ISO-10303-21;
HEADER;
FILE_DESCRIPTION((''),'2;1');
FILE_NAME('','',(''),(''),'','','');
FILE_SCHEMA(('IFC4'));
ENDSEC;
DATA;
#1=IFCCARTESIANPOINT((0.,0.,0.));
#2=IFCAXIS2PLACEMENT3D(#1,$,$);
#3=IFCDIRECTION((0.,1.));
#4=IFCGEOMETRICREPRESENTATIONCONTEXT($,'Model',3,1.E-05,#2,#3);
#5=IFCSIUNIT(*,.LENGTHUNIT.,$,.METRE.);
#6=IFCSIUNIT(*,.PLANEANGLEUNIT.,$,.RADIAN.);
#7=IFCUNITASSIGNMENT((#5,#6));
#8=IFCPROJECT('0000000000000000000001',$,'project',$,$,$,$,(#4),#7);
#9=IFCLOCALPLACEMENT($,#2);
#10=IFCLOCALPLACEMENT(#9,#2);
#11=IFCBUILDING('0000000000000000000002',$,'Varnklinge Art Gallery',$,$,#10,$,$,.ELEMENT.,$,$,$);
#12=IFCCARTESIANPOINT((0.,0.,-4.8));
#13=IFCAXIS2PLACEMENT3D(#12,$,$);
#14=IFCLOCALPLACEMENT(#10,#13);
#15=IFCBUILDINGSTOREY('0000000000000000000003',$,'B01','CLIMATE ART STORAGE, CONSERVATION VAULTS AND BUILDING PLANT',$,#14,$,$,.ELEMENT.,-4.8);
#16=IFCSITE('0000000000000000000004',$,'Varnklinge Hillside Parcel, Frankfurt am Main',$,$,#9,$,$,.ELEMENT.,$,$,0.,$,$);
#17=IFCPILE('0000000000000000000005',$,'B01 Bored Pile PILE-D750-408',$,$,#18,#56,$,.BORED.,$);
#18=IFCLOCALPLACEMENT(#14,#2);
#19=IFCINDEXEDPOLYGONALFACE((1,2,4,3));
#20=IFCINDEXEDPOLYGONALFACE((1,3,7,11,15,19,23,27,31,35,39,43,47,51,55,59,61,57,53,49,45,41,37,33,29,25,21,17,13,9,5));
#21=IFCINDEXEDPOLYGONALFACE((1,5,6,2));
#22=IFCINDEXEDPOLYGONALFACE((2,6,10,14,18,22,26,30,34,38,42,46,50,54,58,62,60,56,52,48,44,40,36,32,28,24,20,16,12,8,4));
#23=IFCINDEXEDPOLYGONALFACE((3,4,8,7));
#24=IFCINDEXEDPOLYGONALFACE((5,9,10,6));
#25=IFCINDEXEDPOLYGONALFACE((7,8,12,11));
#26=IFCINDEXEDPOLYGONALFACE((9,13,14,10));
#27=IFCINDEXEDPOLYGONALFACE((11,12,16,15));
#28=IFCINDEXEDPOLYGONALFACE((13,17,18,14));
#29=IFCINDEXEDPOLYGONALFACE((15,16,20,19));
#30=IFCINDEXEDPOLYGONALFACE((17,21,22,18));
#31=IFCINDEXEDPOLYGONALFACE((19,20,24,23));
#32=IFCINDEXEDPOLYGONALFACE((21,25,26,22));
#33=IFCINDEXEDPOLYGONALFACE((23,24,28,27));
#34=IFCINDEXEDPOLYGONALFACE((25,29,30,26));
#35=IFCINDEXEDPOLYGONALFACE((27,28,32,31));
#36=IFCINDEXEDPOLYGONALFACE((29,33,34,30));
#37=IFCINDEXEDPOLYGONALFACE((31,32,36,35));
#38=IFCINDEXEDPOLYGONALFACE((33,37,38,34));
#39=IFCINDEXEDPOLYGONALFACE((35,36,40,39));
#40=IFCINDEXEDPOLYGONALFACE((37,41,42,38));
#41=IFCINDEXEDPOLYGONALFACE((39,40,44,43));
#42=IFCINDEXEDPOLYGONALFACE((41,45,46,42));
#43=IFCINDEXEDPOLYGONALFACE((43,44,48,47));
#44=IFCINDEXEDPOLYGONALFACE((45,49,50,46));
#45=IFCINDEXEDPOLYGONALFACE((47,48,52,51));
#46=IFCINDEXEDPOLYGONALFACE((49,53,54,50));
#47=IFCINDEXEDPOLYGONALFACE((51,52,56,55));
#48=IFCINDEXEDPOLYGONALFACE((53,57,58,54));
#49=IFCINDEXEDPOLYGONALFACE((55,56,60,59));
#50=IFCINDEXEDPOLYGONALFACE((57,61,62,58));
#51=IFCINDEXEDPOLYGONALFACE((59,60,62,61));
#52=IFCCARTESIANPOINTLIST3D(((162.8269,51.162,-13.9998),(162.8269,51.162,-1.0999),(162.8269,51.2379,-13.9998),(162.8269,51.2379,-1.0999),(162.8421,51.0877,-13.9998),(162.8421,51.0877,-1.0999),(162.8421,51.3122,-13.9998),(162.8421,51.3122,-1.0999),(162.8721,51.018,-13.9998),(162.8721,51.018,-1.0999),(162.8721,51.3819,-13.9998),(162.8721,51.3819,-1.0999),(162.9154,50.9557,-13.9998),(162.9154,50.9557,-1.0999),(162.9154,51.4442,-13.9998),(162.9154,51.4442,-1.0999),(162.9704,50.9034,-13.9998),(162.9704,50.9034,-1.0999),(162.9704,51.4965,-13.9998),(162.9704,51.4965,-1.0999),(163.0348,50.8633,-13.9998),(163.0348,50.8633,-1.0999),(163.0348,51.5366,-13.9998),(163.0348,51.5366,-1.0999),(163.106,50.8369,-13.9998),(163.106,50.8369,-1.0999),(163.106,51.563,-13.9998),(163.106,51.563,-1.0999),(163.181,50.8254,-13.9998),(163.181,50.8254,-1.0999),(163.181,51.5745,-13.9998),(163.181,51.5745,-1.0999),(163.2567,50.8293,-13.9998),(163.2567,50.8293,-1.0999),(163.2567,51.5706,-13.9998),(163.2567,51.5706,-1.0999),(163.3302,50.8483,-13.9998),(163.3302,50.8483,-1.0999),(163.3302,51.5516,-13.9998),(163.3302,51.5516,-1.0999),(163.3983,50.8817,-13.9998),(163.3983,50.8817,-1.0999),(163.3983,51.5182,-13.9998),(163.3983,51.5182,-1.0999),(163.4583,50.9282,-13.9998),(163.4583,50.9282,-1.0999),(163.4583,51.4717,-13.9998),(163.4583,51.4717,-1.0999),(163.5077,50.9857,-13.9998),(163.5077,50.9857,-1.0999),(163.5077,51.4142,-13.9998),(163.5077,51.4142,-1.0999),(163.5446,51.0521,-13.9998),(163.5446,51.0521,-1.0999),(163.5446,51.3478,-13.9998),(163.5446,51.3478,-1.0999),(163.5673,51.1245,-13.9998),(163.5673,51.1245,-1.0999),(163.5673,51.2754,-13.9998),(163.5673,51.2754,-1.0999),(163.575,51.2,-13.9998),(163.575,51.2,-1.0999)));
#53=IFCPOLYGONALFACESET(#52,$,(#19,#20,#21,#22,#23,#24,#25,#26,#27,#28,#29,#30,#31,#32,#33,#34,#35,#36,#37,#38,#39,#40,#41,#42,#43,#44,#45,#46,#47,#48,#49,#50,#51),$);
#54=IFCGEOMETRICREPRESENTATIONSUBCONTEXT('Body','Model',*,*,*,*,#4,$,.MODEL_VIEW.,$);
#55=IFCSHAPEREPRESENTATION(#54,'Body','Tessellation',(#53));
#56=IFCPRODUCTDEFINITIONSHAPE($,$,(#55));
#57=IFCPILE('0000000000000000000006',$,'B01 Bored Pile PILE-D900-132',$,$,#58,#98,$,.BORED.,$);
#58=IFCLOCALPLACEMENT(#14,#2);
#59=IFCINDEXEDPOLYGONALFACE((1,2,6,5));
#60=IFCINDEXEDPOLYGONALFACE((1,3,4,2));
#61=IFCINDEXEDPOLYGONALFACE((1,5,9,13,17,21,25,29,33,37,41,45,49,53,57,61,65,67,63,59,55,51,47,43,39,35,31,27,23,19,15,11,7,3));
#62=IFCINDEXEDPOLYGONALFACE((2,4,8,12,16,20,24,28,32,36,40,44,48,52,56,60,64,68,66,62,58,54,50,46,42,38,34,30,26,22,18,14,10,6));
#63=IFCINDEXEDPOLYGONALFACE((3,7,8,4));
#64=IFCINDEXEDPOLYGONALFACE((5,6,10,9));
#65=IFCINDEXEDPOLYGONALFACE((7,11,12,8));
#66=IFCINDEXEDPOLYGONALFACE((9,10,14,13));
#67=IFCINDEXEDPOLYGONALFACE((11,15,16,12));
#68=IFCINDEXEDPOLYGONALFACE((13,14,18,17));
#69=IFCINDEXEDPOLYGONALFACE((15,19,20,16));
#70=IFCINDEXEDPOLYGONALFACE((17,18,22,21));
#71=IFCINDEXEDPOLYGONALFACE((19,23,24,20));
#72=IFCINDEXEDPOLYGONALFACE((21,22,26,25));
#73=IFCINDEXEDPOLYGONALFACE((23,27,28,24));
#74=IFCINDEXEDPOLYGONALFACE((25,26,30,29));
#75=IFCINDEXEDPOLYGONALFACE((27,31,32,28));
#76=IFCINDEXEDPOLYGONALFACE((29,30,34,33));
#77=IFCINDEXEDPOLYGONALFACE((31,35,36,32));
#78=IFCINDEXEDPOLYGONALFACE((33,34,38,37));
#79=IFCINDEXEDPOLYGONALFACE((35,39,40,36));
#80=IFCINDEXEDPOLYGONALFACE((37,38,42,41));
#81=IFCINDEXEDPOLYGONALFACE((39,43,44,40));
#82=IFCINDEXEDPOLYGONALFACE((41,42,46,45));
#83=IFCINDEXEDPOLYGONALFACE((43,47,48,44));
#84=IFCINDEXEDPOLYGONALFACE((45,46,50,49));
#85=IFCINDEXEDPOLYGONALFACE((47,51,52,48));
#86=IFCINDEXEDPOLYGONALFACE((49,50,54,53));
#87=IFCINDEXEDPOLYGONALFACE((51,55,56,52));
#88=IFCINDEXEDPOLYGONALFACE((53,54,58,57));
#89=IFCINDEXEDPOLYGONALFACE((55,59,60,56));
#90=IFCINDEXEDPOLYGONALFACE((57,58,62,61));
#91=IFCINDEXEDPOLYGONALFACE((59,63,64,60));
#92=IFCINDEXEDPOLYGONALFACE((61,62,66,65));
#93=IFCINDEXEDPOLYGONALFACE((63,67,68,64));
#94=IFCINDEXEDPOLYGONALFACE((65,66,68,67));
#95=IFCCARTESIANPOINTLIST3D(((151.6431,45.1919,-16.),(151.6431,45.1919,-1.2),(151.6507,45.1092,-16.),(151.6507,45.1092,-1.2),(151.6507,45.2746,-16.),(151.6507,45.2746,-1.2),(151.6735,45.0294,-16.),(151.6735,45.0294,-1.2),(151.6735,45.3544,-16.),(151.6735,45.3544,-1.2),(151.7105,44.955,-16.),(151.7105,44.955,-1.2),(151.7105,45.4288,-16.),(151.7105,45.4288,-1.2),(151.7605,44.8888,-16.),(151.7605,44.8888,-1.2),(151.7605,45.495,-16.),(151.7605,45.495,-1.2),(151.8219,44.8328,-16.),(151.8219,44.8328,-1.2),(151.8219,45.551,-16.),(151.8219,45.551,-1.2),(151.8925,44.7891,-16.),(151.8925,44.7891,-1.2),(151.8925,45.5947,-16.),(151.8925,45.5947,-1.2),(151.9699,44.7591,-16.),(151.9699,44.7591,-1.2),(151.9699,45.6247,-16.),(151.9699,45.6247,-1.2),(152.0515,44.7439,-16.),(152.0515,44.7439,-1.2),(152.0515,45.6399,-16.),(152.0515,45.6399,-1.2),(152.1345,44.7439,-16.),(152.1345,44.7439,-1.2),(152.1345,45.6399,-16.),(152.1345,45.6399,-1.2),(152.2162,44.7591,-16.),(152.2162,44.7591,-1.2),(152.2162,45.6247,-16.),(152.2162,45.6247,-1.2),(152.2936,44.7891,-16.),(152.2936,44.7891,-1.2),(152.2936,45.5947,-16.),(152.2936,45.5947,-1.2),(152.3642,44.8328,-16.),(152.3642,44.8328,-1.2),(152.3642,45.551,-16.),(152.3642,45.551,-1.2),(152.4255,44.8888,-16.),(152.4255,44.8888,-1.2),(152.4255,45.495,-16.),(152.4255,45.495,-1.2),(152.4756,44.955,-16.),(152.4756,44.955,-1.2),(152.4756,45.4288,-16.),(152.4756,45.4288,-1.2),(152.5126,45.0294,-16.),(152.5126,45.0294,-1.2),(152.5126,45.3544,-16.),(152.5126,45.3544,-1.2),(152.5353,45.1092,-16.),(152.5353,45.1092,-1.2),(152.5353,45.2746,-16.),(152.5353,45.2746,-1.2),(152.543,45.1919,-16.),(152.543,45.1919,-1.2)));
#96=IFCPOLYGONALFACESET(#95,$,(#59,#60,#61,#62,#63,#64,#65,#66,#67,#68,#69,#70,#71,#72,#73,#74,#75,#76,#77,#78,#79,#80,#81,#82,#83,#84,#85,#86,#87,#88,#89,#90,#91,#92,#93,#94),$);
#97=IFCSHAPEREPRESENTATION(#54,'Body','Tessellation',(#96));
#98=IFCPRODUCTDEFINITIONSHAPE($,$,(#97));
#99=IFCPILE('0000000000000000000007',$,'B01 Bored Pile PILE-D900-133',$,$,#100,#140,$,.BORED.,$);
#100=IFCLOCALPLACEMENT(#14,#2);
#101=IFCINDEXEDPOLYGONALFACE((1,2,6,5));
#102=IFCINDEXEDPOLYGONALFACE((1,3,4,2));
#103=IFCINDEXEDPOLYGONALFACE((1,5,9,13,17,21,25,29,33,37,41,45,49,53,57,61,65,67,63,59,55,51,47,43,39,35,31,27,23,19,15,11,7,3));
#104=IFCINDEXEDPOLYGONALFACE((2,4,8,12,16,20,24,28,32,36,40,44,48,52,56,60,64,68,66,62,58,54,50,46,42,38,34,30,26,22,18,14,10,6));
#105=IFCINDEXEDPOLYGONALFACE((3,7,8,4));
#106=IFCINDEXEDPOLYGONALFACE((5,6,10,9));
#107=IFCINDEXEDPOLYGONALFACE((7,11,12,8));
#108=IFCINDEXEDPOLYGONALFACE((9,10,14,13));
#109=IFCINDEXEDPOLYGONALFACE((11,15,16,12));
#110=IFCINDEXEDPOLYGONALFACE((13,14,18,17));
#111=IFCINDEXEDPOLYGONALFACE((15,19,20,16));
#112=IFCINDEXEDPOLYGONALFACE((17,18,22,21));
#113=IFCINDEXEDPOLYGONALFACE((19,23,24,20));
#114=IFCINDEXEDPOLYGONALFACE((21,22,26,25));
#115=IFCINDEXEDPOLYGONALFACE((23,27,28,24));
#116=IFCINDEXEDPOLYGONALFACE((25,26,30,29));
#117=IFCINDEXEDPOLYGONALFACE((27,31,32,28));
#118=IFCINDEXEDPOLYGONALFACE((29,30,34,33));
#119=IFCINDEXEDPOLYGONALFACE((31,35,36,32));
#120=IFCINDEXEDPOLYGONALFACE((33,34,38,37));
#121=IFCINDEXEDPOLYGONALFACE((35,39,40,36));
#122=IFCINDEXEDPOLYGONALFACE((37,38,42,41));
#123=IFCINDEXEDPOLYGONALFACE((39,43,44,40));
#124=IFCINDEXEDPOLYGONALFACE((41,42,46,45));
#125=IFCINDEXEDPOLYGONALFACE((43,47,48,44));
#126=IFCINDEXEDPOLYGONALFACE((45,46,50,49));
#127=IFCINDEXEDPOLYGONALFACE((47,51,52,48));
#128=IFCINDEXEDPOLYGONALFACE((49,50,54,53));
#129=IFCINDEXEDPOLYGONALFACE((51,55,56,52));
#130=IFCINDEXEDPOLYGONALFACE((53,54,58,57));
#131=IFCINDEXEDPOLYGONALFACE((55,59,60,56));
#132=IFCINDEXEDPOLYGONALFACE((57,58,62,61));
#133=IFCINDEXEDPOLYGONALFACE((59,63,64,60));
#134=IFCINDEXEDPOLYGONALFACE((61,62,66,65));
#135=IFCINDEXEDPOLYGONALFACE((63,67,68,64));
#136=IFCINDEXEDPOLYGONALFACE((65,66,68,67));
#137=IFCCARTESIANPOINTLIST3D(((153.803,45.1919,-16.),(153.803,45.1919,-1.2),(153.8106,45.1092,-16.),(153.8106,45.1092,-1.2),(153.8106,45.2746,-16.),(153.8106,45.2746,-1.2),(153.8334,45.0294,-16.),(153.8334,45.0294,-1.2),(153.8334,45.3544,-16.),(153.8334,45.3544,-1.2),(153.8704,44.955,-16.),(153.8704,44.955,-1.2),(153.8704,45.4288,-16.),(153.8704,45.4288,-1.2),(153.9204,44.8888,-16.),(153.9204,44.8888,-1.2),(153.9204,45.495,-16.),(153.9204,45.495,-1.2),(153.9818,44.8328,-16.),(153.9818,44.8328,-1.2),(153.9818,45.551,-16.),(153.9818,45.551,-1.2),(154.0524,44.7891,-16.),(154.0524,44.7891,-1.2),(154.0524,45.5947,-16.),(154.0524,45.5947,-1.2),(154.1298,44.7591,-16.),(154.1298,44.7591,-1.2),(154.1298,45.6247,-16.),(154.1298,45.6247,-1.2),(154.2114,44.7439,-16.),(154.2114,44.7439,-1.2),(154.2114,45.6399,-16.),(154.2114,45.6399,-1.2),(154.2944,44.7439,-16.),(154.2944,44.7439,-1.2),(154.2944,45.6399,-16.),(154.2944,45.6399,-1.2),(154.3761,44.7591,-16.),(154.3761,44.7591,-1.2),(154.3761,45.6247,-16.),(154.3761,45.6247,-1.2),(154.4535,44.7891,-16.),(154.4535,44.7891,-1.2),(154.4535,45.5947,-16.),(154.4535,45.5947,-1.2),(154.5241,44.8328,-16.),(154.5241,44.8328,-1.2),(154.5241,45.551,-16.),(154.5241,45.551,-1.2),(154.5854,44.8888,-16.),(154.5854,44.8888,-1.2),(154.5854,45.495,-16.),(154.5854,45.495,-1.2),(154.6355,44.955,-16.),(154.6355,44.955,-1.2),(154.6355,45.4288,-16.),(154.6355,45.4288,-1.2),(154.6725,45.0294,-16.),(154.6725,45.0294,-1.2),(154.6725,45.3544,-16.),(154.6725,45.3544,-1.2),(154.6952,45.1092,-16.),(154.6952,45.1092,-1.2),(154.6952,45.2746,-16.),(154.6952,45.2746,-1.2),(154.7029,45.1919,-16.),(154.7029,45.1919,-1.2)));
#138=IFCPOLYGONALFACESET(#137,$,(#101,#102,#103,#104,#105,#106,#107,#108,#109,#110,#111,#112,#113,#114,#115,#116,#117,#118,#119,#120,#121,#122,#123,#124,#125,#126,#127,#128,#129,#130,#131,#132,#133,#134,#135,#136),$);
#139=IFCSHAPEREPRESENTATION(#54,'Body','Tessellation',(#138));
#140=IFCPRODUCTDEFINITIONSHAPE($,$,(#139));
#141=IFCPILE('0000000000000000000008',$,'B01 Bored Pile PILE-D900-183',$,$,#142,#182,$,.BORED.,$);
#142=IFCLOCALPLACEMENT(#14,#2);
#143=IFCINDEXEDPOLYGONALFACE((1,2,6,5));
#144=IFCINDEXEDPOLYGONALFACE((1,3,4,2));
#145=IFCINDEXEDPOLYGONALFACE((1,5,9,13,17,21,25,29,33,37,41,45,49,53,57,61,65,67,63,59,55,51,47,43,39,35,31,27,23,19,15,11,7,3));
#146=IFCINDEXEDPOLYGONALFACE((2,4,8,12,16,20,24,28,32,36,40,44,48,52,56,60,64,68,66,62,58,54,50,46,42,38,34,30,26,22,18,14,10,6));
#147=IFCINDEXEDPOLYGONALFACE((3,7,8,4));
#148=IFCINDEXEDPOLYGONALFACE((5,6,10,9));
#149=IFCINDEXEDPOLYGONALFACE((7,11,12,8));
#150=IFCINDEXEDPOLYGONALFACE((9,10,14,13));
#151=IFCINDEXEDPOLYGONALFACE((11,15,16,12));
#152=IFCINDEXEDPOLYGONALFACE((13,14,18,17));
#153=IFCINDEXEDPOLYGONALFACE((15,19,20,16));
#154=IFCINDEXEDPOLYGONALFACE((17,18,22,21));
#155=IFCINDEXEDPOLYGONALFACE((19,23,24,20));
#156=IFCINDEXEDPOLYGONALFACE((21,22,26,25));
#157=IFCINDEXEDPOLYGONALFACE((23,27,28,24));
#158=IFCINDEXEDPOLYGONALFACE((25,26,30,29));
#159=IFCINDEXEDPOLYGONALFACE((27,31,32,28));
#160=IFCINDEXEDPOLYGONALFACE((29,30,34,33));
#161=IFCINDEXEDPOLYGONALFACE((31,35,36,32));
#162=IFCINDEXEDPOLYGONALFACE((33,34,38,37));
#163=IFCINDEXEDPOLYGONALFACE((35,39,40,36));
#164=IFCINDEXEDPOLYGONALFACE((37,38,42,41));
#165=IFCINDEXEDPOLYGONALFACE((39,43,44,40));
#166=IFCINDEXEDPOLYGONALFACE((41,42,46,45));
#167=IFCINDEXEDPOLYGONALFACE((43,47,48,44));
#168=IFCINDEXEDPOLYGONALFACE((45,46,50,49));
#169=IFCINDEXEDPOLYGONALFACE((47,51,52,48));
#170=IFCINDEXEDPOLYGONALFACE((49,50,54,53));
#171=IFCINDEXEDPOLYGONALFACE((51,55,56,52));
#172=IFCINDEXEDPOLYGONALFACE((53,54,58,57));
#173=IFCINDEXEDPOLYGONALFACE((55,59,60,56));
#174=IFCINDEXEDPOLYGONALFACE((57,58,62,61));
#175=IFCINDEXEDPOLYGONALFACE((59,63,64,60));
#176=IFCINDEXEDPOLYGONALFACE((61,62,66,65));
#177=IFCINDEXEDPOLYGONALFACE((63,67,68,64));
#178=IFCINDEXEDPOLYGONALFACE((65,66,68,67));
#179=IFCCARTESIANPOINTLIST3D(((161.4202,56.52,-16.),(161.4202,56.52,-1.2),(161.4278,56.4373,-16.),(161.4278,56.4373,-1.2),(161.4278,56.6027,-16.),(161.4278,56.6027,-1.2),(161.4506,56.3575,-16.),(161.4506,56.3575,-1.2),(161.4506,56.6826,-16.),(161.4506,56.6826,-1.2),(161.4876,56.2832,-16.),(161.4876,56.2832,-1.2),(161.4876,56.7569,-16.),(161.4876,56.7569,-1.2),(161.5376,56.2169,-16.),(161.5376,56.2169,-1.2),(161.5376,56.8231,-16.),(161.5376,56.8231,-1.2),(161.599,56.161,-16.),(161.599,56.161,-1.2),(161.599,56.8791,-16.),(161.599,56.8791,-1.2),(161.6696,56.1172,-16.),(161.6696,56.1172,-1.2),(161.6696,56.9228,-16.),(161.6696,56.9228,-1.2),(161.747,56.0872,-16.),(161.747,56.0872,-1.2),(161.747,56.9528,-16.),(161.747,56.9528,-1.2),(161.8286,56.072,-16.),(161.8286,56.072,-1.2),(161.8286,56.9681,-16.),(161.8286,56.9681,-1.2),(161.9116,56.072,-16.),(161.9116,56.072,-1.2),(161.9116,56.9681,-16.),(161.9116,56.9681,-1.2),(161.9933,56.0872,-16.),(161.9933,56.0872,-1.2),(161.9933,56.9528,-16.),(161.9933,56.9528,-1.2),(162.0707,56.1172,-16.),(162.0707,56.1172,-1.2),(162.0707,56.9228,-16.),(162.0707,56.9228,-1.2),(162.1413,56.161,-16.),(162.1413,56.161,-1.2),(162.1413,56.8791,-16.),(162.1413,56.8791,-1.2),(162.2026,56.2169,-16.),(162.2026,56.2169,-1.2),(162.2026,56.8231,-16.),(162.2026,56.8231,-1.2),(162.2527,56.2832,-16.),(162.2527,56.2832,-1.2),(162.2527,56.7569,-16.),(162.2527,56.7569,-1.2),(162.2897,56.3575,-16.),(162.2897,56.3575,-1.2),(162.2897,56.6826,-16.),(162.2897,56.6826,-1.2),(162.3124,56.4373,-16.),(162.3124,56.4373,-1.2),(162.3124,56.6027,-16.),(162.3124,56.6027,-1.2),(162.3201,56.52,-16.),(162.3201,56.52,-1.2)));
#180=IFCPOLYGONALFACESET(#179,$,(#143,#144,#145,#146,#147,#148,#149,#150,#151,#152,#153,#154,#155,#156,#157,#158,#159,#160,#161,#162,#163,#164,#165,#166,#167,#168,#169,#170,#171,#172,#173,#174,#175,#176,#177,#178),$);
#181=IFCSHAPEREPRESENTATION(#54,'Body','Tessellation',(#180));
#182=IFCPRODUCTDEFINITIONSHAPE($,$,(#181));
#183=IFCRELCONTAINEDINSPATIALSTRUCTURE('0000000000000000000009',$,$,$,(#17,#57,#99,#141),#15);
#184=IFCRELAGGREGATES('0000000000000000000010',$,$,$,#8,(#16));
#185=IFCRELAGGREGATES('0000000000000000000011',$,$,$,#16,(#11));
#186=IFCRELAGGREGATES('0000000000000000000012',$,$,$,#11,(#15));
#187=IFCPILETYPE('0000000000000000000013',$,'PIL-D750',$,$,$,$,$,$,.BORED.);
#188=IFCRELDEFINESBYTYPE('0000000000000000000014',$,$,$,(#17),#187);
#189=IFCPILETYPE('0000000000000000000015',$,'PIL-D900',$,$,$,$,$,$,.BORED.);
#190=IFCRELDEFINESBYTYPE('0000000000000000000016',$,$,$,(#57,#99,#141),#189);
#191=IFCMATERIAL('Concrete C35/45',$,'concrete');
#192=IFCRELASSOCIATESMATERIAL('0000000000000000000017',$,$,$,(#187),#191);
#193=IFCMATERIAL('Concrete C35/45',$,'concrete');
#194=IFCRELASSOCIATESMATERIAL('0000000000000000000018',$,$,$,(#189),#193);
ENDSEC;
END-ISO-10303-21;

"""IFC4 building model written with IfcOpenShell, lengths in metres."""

from ifc_helpers import new_model, si_unit, direction, frame, origin, origin_2d, place, context, subcontext, project, spatial, circle, extrude, material, material_profile, profile_set, type_object, element, save


model = new_model("IFC4")

# Units and contexts
model_context = context("Model", 3, precision=1e-05, world=origin(), true_north=direction((0.0, 1.0)))
body_context = subcontext(model_context, "Body", "Model", "MODEL_VIEW")
ifc_project = project(units=[si_unit("LENGTHUNIT", "METRE"), si_unit("PLANEANGLEUNIT", "RADIAN")], contexts=[model_context])

# Site, building, storey
site_placement = place(None, origin())
site = spatial("IfcSite", under=ifc_project, at=site_placement, Name="Varnklinge Hillside Parcel, Frankfurt am Main", CompositionType="ELEMENT", RefElevation=0.0)
building_placement = place(site_placement, origin())
building = spatial("IfcBuilding", under=site, at=building_placement, Name="Varnklinge Art Gallery", CompositionType="ELEMENT")
storey_placement = place(building_placement, frame((0.0, 0.0, -4.8)))
storey = spatial("IfcBuildingStorey", under=building, at=storey_placement, Name="B01", Description="CLIMATE ART STORAGE, CONSERVATION VAULTS AND BUILDING PLANT", CompositionType="ELEMENT", Elevation=-4.8)

# Piles
ifc_material_1 = material(Name="Concrete C35/45", Category="concrete")
ifc_material_profile_1 = material_profile(ifc_material_1, circle(Radius=0.375, at=origin_2d()), Name="PILE D750")
ifc_profile_set_1 = profile_set([ifc_material_profile_1], Name="Concrete C35/45")
pile_type_1 = type_object("IfcPileType", Name="PIL-D750", PredefinedType="BORED", material=ifc_profile_set_1)
for number, where, z_axis, x_axis, name in (
    (1, (163.2, 51.2, -1.0999), (0.0, 0.0, -1.0), (1.0, 0.0, 0.0), "B01 Bored Pile PILE-D750-408"),
):
    element("IfcPile", number, at=place(storey_placement, frame(where, z_axis=z_axis, x_axis=x_axis)), inside=storey, type_object=pile_type_1, Name=name, PredefinedType="BORED", context=body_context, shape_type="SweptSolid", body=[
        extrude(circle(Radius=0.375, at=origin_2d()), origin(), (0.0, 0.0, 1.0), 12.8999),
    ])
ifc_material_2 = material(Name="Concrete C35/45", Category="concrete")
ifc_material_profile_2 = material_profile(ifc_material_2, circle(Radius=0.45, at=origin_2d()), Name="PILE D900")
ifc_profile_set_2 = profile_set([ifc_material_profile_2], Name="Concrete C35/45")
pile_type_2 = type_object("IfcPileType", Name="PIL-D900", PredefinedType="BORED", material=ifc_profile_set_2)
for number, where, z_axis, x_axis, name in (
    (2, (152.093, 45.1919, -1.2), (0.0, 0.0, -1.0), (1.0, 0.0, 0.0), "B01 Bored Pile PILE-D900-132"),
    (3, (154.2529, 45.1919, -1.2), (0.0, 0.0, -1.0), (1.0, 0.0, 0.0), "B01 Bored Pile PILE-D900-133"),
    (4, (161.8701, 56.52, -1.2), (0.0, 0.0, -1.0), (1.0, 0.0, 0.0), "B01 Bored Pile PILE-D900-183"),
):
    element("IfcPile", number, at=place(storey_placement, frame(where, z_axis=z_axis, x_axis=x_axis)), inside=storey, type_object=pile_type_2, Name=name, PredefinedType="BORED", context=body_context, shape_type="SweptSolid", body=[
        extrude(circle(Radius=0.45, at=origin_2d()), origin(), (0.0, 0.0, 1.0), 14.8),
    ])

save(model, "model.ifc")
